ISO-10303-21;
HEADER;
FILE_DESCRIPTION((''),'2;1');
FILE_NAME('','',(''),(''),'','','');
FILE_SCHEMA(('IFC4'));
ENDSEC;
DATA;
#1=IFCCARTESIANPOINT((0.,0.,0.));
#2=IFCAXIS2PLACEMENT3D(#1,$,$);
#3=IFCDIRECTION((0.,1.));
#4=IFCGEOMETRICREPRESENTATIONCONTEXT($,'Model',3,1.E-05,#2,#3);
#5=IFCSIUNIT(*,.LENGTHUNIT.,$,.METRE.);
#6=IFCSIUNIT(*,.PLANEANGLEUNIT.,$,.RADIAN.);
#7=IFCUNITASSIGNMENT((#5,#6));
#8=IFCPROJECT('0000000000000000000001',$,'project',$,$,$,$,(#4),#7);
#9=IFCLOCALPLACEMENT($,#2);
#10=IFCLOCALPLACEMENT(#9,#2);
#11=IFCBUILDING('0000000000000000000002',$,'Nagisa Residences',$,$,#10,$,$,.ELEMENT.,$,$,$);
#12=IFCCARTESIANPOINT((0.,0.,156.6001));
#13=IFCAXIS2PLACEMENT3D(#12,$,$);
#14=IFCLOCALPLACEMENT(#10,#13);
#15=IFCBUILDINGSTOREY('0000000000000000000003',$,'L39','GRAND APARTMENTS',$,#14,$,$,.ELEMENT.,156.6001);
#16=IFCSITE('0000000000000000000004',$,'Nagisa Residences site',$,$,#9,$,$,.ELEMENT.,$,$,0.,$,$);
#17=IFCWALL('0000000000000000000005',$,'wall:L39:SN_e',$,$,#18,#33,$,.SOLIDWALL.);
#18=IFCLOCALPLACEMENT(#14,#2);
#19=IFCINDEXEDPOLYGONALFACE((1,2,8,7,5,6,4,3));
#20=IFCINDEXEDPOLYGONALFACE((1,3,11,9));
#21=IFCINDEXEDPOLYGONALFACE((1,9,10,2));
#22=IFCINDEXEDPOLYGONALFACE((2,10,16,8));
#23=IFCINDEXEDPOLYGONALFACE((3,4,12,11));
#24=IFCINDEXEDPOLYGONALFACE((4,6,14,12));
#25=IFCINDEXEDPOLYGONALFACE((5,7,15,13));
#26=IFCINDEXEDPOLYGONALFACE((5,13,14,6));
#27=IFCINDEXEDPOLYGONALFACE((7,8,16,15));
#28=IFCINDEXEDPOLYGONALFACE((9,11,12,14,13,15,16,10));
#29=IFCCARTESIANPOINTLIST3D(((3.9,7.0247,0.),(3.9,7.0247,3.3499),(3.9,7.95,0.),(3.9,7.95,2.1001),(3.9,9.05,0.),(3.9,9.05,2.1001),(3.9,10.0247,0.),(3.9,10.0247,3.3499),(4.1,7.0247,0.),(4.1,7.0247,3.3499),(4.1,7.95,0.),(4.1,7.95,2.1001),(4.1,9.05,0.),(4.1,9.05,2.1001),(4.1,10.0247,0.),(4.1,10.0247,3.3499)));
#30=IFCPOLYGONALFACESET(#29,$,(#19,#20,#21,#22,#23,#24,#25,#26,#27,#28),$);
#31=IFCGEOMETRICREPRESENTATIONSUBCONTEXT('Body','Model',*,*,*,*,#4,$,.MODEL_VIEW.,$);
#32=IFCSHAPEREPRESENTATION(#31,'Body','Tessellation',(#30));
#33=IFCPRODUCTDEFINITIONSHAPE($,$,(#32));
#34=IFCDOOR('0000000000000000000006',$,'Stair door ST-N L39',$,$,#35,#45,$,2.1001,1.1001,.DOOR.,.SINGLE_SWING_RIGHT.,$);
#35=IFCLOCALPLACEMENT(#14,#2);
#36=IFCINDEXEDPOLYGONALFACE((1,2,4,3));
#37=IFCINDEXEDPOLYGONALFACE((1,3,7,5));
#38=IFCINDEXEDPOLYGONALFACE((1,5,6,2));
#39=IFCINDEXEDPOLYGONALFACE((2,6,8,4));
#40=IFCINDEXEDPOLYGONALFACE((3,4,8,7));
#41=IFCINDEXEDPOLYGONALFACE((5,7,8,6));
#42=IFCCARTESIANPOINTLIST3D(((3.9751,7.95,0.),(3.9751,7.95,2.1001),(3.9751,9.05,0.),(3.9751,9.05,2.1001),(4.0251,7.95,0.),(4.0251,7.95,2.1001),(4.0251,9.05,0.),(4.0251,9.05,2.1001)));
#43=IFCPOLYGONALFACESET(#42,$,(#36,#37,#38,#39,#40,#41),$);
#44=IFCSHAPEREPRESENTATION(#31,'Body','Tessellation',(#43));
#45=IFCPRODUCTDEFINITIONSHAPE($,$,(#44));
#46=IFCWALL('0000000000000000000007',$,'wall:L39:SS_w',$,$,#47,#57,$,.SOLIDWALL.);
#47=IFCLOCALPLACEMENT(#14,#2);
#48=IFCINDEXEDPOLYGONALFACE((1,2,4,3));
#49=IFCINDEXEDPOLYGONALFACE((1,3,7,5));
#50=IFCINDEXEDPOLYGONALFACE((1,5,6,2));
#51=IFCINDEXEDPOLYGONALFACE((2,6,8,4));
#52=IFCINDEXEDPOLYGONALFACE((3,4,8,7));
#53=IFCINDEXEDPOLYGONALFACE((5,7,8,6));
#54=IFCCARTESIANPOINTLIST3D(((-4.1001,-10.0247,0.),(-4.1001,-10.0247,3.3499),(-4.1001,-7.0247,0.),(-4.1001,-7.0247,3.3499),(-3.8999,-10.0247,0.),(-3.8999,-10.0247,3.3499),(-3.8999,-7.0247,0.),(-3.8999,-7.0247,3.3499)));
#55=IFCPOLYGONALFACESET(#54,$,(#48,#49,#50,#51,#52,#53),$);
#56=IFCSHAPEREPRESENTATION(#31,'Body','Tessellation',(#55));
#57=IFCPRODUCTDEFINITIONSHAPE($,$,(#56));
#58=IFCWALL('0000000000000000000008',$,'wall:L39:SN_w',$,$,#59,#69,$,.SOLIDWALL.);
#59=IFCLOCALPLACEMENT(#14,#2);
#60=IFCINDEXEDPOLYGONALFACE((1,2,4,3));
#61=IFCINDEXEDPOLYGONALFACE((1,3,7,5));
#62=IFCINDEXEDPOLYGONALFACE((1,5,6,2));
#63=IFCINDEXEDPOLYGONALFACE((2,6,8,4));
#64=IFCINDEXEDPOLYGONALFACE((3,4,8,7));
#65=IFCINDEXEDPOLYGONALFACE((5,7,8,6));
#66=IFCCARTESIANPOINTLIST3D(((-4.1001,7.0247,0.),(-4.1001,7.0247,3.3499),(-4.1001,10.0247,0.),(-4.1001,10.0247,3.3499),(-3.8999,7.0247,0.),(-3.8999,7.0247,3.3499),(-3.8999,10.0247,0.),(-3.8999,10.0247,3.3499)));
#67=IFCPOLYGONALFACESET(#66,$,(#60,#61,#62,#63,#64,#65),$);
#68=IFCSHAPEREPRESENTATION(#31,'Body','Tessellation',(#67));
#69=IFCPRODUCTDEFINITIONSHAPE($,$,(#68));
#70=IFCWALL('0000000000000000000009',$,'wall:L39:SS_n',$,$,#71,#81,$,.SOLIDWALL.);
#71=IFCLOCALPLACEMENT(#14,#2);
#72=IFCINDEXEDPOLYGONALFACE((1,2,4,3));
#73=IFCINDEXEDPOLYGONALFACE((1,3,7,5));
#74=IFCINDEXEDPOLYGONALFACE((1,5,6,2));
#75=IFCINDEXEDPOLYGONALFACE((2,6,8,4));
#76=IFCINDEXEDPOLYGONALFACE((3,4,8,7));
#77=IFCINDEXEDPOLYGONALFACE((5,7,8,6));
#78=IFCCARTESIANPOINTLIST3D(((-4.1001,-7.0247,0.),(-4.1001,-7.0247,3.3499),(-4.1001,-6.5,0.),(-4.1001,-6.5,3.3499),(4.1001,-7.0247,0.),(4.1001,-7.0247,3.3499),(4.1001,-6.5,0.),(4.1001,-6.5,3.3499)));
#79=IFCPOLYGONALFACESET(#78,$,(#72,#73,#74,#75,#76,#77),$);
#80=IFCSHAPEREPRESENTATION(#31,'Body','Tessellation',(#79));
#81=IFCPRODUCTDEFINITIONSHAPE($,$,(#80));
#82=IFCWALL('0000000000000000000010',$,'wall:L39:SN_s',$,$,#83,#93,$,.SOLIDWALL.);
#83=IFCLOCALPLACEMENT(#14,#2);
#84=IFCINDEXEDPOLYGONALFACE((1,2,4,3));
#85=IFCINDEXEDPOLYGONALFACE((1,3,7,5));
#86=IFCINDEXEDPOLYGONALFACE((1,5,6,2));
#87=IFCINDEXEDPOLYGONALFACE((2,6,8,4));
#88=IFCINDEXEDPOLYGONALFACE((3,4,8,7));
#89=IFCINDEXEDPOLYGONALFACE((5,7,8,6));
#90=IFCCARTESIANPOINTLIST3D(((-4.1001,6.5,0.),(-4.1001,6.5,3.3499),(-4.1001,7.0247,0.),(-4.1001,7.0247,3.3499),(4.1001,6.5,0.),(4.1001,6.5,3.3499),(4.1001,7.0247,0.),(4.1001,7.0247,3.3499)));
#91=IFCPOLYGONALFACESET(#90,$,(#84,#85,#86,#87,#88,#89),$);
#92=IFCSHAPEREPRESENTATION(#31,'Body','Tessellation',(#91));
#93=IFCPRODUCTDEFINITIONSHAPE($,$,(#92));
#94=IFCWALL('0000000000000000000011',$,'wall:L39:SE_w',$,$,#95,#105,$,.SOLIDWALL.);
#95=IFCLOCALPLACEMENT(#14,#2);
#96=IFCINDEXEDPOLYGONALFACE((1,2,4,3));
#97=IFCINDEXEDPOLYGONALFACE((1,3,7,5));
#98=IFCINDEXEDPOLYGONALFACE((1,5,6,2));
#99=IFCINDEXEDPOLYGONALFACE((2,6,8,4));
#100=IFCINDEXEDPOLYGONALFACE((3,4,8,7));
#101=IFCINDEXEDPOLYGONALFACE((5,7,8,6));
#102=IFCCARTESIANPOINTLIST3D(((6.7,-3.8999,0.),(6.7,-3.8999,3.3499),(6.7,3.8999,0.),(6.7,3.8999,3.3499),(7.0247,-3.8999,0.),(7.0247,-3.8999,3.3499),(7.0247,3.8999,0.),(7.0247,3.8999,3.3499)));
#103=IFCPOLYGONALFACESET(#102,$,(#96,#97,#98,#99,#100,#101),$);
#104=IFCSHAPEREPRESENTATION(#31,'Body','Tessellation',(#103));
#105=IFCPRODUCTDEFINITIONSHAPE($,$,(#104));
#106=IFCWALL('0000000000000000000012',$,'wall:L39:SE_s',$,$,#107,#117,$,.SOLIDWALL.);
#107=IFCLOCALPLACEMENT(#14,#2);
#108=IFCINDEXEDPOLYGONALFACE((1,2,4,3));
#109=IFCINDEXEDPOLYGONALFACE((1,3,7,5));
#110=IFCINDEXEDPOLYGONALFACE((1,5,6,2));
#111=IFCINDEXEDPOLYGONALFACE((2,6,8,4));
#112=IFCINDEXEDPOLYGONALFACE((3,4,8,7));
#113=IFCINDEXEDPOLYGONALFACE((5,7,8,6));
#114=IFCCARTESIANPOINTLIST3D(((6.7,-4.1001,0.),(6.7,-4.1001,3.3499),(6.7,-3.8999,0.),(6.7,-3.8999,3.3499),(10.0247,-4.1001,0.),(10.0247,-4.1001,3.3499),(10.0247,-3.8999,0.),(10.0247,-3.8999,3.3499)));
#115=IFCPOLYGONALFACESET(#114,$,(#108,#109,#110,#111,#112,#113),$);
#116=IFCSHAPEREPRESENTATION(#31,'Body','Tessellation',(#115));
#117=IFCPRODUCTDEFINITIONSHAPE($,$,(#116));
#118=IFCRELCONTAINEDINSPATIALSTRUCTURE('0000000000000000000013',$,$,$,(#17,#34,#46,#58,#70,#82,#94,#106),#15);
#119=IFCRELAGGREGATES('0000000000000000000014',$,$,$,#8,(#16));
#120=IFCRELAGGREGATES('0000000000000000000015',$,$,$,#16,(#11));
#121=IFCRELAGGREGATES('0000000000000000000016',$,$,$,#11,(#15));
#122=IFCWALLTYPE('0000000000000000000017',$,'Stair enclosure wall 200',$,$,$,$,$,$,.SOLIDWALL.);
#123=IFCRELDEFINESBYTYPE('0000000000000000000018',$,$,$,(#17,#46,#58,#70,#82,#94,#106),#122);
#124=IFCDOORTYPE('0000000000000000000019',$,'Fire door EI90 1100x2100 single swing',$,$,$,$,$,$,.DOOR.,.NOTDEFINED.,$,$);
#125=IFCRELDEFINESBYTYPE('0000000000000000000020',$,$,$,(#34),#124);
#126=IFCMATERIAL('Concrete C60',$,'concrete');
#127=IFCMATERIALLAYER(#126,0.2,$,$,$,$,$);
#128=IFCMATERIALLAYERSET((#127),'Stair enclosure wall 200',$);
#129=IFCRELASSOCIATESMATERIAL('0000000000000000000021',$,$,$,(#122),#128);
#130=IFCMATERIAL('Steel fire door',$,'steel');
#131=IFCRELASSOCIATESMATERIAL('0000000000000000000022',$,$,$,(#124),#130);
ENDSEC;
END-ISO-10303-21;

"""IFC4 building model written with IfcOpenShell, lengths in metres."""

from ifc_helpers import new_model, si_unit, direction, frame, frame_2d, origin, place, context, subcontext, project, spatial, polyline, rectangle, outline, extrude, material, layer, layer_set, type_object, element, fill, save


model = new_model("IFC4")

# Units and contexts
model_context = context("Model", 3, precision=1e-05, world=origin(), true_north=direction((0.0, 1.0)))
body_context = subcontext(model_context, "Body", "Model", "MODEL_VIEW")
ifc_project = project(units=[si_unit("LENGTHUNIT", "METRE"), si_unit("PLANEANGLEUNIT", "RADIAN")], contexts=[model_context])

# Site, building, storey
site_placement = place(None, origin())
site = spatial("IfcSite", under=ifc_project, at=site_placement, Name="Nagisa Residences site", CompositionType="ELEMENT", RefElevation=0.0)
building_placement = place(site_placement, origin())
building = spatial("IfcBuilding", under=site, at=building_placement, Name="Nagisa Residences", CompositionType="ELEMENT")
storey_placement = place(building_placement, frame((0.0, 0.0, 156.6001)))
storey = spatial("IfcBuildingStorey", under=building, at=storey_placement, Name="L39", Description="GRAND APARTMENTS", CompositionType="ELEMENT", Elevation=156.6001)

# Wall, opening, door
ifc_material_1 = material(Name="Concrete C60", Category="concrete")
ifc_layer_1 = layer(ifc_material_1, 0.2)
ifc_layer_set_1 = layer_set([ifc_layer_1], Name="Stair enclosure wall 200")
wall_type_1 = type_object("IfcWallType", Name="Stair enclosure wall 200", PredefinedType="SOLIDWALL", material=ifc_layer_set_1)
ifc_material_2 = material(Name="Steel fire door", Category="steel")
door_type_1 = type_object("IfcDoorType", Name="Fire door EI90 1100x2100 single swing", OperationType="NOTDEFINED", PredefinedType="DOOR", material=ifc_material_2)
wall_1_placement = place(storey_placement, frame((4.0, 7.0247, 0.0), z_axis=(0.0, 0.0, 1.0), x_axis=(0.0, 1.0, 0.0)))
wall_1 = element("IfcWall", 1, at=wall_1_placement, inside=storey, type_object=wall_type_1, Name="wall:L39:SN_e", PredefinedType="SOLIDWALL", context=body_context, shape_type="SweptSolid", body=[
    extrude(rectangle(XDim=3.0, YDim=0.2, at=frame_2d((1.5, 0.0))), origin(), (0.0, 0.0, 1.0), 3.3499),
])
opening_1_placement = place(wall_1_placement, frame((0.9253, 0.0, 0.0)))
opening_1 = element("IfcOpeningElement", 2, at=opening_1_placement, cuts=wall_1, PredefinedType="OPENING", context=body_context, shape_type="SweptSolid", body=[
    extrude(rectangle(XDim=1.1001, YDim=2.1001, at=frame_2d((0.55, 1.05))), frame((0.0, 0.1099, 0.0), z_axis=(0.0, -1.0, 0.0), x_axis=(1.0, 0.0, 0.0)), (0.0, 0.0, 1.0), 0.22),
])
door_1_placement = place(opening_1_placement, origin())
door_1 = element("IfcDoor", 3, at=door_1_placement, inside=storey, type_object=door_type_1, Name="Stair door ST-N L39", OperationType="SINGLE_SWING_RIGHT", OverallHeight=2.1001, OverallWidth=1.1001, PredefinedType="DOOR", context=body_context, shape_type="SweptSolid", body=[
    extrude(rectangle(XDim=1.1001, YDim=2.1001, at=frame_2d((0.55, 1.05))), frame((0.0, 0.0249, 0.0), z_axis=(0.0, -1.0, 0.0), x_axis=(1.0, 0.0, 0.0)), (0.0, 0.0, 1.0), 0.05),
])
fill(opening_1, door_1)

# Walls
wall_2_placement = place(storey_placement, origin())
element("IfcWall", 4, at=wall_2_placement, inside=storey, type_object=wall_type_1, Name="wall:L39:SS_w", PredefinedType="SOLIDWALL", context=body_context, shape_type="SweptSolid", body=[
    extrude(outline(polyline([(-3.8999, -10.0247), (-4.1001, -10.0247), (-4.1001, -7.0247), (-3.8999, -7.0247), (-3.8999, -10.0247)])), origin(), (0.0, 0.0, 1.0), 3.3499),
])
wall_3_placement = place(storey_placement, origin())
element("IfcWall", 5, at=wall_3_placement, inside=storey, type_object=wall_type_1, Name="wall:L39:SN_w", PredefinedType="SOLIDWALL", context=body_context, shape_type="SweptSolid", body=[
    extrude(outline(polyline([(-3.8999, 7.0247), (-4.1001, 7.0247), (-4.1001, 10.0247), (-3.8999, 10.0247), (-3.8999, 7.0247)])), origin(), (0.0, 0.0, 1.0), 3.3499),
])
wall_4_placement = place(storey_placement, origin())
element("IfcWall", 6, at=wall_4_placement, inside=storey, type_object=wall_type_1, Name="wall:L39:SS_n", PredefinedType="SOLIDWALL", context=body_context, shape_type="SweptSolid", body=[
    extrude(outline(polyline([(4.1001, -7.0247), (-4.1001, -7.0247), (-4.1001, -6.5), (4.1001, -6.5), (4.1001, -7.0247)])), origin(), (0.0, 0.0, 1.0), 3.3499),
])
wall_5_placement = place(storey_placement, origin())
element("IfcWall", 7, at=wall_5_placement, inside=storey, type_object=wall_type_1, Name="wall:L39:SN_s", PredefinedType="SOLIDWALL", context=body_context, shape_type="SweptSolid", body=[
    extrude(outline(polyline([(4.1001, 6.5), (-4.1001, 6.5), (-4.1001, 7.0247), (4.1001, 7.0247), (4.1001, 6.5)])), origin(), (0.0, 0.0, 1.0), 3.3499),
])
wall_6_placement = place(storey_placement, origin())
element("IfcWall", 8, at=wall_6_placement, inside=storey, type_object=wall_type_1, Name="wall:L39:SE_w", PredefinedType="SOLIDWALL", context=body_context, shape_type="SweptSolid", body=[
    extrude(outline(polyline([(7.0247, -3.8999), (6.7, -3.8999), (6.7, 3.8999), (7.0247, 3.8999), (7.0247, -3.8999)])), origin(), (0.0, 0.0, 1.0), 3.3499),
])
wall_7_placement = place(storey_placement, origin())
element("IfcWall", 9, at=wall_7_placement, inside=storey, type_object=wall_type_1, Name="wall:L39:SE_s", PredefinedType="SOLIDWALL", context=body_context, shape_type="SweptSolid", body=[
    extrude(outline(polyline([(10.0247, -4.1001), (6.7, -4.1001), (6.7, -3.8999), (10.0247, -3.8999), (10.0247, -4.1001)])), origin(), (0.0, 0.0, 1.0), 3.3499),
])

save(model, "model.ifc")
